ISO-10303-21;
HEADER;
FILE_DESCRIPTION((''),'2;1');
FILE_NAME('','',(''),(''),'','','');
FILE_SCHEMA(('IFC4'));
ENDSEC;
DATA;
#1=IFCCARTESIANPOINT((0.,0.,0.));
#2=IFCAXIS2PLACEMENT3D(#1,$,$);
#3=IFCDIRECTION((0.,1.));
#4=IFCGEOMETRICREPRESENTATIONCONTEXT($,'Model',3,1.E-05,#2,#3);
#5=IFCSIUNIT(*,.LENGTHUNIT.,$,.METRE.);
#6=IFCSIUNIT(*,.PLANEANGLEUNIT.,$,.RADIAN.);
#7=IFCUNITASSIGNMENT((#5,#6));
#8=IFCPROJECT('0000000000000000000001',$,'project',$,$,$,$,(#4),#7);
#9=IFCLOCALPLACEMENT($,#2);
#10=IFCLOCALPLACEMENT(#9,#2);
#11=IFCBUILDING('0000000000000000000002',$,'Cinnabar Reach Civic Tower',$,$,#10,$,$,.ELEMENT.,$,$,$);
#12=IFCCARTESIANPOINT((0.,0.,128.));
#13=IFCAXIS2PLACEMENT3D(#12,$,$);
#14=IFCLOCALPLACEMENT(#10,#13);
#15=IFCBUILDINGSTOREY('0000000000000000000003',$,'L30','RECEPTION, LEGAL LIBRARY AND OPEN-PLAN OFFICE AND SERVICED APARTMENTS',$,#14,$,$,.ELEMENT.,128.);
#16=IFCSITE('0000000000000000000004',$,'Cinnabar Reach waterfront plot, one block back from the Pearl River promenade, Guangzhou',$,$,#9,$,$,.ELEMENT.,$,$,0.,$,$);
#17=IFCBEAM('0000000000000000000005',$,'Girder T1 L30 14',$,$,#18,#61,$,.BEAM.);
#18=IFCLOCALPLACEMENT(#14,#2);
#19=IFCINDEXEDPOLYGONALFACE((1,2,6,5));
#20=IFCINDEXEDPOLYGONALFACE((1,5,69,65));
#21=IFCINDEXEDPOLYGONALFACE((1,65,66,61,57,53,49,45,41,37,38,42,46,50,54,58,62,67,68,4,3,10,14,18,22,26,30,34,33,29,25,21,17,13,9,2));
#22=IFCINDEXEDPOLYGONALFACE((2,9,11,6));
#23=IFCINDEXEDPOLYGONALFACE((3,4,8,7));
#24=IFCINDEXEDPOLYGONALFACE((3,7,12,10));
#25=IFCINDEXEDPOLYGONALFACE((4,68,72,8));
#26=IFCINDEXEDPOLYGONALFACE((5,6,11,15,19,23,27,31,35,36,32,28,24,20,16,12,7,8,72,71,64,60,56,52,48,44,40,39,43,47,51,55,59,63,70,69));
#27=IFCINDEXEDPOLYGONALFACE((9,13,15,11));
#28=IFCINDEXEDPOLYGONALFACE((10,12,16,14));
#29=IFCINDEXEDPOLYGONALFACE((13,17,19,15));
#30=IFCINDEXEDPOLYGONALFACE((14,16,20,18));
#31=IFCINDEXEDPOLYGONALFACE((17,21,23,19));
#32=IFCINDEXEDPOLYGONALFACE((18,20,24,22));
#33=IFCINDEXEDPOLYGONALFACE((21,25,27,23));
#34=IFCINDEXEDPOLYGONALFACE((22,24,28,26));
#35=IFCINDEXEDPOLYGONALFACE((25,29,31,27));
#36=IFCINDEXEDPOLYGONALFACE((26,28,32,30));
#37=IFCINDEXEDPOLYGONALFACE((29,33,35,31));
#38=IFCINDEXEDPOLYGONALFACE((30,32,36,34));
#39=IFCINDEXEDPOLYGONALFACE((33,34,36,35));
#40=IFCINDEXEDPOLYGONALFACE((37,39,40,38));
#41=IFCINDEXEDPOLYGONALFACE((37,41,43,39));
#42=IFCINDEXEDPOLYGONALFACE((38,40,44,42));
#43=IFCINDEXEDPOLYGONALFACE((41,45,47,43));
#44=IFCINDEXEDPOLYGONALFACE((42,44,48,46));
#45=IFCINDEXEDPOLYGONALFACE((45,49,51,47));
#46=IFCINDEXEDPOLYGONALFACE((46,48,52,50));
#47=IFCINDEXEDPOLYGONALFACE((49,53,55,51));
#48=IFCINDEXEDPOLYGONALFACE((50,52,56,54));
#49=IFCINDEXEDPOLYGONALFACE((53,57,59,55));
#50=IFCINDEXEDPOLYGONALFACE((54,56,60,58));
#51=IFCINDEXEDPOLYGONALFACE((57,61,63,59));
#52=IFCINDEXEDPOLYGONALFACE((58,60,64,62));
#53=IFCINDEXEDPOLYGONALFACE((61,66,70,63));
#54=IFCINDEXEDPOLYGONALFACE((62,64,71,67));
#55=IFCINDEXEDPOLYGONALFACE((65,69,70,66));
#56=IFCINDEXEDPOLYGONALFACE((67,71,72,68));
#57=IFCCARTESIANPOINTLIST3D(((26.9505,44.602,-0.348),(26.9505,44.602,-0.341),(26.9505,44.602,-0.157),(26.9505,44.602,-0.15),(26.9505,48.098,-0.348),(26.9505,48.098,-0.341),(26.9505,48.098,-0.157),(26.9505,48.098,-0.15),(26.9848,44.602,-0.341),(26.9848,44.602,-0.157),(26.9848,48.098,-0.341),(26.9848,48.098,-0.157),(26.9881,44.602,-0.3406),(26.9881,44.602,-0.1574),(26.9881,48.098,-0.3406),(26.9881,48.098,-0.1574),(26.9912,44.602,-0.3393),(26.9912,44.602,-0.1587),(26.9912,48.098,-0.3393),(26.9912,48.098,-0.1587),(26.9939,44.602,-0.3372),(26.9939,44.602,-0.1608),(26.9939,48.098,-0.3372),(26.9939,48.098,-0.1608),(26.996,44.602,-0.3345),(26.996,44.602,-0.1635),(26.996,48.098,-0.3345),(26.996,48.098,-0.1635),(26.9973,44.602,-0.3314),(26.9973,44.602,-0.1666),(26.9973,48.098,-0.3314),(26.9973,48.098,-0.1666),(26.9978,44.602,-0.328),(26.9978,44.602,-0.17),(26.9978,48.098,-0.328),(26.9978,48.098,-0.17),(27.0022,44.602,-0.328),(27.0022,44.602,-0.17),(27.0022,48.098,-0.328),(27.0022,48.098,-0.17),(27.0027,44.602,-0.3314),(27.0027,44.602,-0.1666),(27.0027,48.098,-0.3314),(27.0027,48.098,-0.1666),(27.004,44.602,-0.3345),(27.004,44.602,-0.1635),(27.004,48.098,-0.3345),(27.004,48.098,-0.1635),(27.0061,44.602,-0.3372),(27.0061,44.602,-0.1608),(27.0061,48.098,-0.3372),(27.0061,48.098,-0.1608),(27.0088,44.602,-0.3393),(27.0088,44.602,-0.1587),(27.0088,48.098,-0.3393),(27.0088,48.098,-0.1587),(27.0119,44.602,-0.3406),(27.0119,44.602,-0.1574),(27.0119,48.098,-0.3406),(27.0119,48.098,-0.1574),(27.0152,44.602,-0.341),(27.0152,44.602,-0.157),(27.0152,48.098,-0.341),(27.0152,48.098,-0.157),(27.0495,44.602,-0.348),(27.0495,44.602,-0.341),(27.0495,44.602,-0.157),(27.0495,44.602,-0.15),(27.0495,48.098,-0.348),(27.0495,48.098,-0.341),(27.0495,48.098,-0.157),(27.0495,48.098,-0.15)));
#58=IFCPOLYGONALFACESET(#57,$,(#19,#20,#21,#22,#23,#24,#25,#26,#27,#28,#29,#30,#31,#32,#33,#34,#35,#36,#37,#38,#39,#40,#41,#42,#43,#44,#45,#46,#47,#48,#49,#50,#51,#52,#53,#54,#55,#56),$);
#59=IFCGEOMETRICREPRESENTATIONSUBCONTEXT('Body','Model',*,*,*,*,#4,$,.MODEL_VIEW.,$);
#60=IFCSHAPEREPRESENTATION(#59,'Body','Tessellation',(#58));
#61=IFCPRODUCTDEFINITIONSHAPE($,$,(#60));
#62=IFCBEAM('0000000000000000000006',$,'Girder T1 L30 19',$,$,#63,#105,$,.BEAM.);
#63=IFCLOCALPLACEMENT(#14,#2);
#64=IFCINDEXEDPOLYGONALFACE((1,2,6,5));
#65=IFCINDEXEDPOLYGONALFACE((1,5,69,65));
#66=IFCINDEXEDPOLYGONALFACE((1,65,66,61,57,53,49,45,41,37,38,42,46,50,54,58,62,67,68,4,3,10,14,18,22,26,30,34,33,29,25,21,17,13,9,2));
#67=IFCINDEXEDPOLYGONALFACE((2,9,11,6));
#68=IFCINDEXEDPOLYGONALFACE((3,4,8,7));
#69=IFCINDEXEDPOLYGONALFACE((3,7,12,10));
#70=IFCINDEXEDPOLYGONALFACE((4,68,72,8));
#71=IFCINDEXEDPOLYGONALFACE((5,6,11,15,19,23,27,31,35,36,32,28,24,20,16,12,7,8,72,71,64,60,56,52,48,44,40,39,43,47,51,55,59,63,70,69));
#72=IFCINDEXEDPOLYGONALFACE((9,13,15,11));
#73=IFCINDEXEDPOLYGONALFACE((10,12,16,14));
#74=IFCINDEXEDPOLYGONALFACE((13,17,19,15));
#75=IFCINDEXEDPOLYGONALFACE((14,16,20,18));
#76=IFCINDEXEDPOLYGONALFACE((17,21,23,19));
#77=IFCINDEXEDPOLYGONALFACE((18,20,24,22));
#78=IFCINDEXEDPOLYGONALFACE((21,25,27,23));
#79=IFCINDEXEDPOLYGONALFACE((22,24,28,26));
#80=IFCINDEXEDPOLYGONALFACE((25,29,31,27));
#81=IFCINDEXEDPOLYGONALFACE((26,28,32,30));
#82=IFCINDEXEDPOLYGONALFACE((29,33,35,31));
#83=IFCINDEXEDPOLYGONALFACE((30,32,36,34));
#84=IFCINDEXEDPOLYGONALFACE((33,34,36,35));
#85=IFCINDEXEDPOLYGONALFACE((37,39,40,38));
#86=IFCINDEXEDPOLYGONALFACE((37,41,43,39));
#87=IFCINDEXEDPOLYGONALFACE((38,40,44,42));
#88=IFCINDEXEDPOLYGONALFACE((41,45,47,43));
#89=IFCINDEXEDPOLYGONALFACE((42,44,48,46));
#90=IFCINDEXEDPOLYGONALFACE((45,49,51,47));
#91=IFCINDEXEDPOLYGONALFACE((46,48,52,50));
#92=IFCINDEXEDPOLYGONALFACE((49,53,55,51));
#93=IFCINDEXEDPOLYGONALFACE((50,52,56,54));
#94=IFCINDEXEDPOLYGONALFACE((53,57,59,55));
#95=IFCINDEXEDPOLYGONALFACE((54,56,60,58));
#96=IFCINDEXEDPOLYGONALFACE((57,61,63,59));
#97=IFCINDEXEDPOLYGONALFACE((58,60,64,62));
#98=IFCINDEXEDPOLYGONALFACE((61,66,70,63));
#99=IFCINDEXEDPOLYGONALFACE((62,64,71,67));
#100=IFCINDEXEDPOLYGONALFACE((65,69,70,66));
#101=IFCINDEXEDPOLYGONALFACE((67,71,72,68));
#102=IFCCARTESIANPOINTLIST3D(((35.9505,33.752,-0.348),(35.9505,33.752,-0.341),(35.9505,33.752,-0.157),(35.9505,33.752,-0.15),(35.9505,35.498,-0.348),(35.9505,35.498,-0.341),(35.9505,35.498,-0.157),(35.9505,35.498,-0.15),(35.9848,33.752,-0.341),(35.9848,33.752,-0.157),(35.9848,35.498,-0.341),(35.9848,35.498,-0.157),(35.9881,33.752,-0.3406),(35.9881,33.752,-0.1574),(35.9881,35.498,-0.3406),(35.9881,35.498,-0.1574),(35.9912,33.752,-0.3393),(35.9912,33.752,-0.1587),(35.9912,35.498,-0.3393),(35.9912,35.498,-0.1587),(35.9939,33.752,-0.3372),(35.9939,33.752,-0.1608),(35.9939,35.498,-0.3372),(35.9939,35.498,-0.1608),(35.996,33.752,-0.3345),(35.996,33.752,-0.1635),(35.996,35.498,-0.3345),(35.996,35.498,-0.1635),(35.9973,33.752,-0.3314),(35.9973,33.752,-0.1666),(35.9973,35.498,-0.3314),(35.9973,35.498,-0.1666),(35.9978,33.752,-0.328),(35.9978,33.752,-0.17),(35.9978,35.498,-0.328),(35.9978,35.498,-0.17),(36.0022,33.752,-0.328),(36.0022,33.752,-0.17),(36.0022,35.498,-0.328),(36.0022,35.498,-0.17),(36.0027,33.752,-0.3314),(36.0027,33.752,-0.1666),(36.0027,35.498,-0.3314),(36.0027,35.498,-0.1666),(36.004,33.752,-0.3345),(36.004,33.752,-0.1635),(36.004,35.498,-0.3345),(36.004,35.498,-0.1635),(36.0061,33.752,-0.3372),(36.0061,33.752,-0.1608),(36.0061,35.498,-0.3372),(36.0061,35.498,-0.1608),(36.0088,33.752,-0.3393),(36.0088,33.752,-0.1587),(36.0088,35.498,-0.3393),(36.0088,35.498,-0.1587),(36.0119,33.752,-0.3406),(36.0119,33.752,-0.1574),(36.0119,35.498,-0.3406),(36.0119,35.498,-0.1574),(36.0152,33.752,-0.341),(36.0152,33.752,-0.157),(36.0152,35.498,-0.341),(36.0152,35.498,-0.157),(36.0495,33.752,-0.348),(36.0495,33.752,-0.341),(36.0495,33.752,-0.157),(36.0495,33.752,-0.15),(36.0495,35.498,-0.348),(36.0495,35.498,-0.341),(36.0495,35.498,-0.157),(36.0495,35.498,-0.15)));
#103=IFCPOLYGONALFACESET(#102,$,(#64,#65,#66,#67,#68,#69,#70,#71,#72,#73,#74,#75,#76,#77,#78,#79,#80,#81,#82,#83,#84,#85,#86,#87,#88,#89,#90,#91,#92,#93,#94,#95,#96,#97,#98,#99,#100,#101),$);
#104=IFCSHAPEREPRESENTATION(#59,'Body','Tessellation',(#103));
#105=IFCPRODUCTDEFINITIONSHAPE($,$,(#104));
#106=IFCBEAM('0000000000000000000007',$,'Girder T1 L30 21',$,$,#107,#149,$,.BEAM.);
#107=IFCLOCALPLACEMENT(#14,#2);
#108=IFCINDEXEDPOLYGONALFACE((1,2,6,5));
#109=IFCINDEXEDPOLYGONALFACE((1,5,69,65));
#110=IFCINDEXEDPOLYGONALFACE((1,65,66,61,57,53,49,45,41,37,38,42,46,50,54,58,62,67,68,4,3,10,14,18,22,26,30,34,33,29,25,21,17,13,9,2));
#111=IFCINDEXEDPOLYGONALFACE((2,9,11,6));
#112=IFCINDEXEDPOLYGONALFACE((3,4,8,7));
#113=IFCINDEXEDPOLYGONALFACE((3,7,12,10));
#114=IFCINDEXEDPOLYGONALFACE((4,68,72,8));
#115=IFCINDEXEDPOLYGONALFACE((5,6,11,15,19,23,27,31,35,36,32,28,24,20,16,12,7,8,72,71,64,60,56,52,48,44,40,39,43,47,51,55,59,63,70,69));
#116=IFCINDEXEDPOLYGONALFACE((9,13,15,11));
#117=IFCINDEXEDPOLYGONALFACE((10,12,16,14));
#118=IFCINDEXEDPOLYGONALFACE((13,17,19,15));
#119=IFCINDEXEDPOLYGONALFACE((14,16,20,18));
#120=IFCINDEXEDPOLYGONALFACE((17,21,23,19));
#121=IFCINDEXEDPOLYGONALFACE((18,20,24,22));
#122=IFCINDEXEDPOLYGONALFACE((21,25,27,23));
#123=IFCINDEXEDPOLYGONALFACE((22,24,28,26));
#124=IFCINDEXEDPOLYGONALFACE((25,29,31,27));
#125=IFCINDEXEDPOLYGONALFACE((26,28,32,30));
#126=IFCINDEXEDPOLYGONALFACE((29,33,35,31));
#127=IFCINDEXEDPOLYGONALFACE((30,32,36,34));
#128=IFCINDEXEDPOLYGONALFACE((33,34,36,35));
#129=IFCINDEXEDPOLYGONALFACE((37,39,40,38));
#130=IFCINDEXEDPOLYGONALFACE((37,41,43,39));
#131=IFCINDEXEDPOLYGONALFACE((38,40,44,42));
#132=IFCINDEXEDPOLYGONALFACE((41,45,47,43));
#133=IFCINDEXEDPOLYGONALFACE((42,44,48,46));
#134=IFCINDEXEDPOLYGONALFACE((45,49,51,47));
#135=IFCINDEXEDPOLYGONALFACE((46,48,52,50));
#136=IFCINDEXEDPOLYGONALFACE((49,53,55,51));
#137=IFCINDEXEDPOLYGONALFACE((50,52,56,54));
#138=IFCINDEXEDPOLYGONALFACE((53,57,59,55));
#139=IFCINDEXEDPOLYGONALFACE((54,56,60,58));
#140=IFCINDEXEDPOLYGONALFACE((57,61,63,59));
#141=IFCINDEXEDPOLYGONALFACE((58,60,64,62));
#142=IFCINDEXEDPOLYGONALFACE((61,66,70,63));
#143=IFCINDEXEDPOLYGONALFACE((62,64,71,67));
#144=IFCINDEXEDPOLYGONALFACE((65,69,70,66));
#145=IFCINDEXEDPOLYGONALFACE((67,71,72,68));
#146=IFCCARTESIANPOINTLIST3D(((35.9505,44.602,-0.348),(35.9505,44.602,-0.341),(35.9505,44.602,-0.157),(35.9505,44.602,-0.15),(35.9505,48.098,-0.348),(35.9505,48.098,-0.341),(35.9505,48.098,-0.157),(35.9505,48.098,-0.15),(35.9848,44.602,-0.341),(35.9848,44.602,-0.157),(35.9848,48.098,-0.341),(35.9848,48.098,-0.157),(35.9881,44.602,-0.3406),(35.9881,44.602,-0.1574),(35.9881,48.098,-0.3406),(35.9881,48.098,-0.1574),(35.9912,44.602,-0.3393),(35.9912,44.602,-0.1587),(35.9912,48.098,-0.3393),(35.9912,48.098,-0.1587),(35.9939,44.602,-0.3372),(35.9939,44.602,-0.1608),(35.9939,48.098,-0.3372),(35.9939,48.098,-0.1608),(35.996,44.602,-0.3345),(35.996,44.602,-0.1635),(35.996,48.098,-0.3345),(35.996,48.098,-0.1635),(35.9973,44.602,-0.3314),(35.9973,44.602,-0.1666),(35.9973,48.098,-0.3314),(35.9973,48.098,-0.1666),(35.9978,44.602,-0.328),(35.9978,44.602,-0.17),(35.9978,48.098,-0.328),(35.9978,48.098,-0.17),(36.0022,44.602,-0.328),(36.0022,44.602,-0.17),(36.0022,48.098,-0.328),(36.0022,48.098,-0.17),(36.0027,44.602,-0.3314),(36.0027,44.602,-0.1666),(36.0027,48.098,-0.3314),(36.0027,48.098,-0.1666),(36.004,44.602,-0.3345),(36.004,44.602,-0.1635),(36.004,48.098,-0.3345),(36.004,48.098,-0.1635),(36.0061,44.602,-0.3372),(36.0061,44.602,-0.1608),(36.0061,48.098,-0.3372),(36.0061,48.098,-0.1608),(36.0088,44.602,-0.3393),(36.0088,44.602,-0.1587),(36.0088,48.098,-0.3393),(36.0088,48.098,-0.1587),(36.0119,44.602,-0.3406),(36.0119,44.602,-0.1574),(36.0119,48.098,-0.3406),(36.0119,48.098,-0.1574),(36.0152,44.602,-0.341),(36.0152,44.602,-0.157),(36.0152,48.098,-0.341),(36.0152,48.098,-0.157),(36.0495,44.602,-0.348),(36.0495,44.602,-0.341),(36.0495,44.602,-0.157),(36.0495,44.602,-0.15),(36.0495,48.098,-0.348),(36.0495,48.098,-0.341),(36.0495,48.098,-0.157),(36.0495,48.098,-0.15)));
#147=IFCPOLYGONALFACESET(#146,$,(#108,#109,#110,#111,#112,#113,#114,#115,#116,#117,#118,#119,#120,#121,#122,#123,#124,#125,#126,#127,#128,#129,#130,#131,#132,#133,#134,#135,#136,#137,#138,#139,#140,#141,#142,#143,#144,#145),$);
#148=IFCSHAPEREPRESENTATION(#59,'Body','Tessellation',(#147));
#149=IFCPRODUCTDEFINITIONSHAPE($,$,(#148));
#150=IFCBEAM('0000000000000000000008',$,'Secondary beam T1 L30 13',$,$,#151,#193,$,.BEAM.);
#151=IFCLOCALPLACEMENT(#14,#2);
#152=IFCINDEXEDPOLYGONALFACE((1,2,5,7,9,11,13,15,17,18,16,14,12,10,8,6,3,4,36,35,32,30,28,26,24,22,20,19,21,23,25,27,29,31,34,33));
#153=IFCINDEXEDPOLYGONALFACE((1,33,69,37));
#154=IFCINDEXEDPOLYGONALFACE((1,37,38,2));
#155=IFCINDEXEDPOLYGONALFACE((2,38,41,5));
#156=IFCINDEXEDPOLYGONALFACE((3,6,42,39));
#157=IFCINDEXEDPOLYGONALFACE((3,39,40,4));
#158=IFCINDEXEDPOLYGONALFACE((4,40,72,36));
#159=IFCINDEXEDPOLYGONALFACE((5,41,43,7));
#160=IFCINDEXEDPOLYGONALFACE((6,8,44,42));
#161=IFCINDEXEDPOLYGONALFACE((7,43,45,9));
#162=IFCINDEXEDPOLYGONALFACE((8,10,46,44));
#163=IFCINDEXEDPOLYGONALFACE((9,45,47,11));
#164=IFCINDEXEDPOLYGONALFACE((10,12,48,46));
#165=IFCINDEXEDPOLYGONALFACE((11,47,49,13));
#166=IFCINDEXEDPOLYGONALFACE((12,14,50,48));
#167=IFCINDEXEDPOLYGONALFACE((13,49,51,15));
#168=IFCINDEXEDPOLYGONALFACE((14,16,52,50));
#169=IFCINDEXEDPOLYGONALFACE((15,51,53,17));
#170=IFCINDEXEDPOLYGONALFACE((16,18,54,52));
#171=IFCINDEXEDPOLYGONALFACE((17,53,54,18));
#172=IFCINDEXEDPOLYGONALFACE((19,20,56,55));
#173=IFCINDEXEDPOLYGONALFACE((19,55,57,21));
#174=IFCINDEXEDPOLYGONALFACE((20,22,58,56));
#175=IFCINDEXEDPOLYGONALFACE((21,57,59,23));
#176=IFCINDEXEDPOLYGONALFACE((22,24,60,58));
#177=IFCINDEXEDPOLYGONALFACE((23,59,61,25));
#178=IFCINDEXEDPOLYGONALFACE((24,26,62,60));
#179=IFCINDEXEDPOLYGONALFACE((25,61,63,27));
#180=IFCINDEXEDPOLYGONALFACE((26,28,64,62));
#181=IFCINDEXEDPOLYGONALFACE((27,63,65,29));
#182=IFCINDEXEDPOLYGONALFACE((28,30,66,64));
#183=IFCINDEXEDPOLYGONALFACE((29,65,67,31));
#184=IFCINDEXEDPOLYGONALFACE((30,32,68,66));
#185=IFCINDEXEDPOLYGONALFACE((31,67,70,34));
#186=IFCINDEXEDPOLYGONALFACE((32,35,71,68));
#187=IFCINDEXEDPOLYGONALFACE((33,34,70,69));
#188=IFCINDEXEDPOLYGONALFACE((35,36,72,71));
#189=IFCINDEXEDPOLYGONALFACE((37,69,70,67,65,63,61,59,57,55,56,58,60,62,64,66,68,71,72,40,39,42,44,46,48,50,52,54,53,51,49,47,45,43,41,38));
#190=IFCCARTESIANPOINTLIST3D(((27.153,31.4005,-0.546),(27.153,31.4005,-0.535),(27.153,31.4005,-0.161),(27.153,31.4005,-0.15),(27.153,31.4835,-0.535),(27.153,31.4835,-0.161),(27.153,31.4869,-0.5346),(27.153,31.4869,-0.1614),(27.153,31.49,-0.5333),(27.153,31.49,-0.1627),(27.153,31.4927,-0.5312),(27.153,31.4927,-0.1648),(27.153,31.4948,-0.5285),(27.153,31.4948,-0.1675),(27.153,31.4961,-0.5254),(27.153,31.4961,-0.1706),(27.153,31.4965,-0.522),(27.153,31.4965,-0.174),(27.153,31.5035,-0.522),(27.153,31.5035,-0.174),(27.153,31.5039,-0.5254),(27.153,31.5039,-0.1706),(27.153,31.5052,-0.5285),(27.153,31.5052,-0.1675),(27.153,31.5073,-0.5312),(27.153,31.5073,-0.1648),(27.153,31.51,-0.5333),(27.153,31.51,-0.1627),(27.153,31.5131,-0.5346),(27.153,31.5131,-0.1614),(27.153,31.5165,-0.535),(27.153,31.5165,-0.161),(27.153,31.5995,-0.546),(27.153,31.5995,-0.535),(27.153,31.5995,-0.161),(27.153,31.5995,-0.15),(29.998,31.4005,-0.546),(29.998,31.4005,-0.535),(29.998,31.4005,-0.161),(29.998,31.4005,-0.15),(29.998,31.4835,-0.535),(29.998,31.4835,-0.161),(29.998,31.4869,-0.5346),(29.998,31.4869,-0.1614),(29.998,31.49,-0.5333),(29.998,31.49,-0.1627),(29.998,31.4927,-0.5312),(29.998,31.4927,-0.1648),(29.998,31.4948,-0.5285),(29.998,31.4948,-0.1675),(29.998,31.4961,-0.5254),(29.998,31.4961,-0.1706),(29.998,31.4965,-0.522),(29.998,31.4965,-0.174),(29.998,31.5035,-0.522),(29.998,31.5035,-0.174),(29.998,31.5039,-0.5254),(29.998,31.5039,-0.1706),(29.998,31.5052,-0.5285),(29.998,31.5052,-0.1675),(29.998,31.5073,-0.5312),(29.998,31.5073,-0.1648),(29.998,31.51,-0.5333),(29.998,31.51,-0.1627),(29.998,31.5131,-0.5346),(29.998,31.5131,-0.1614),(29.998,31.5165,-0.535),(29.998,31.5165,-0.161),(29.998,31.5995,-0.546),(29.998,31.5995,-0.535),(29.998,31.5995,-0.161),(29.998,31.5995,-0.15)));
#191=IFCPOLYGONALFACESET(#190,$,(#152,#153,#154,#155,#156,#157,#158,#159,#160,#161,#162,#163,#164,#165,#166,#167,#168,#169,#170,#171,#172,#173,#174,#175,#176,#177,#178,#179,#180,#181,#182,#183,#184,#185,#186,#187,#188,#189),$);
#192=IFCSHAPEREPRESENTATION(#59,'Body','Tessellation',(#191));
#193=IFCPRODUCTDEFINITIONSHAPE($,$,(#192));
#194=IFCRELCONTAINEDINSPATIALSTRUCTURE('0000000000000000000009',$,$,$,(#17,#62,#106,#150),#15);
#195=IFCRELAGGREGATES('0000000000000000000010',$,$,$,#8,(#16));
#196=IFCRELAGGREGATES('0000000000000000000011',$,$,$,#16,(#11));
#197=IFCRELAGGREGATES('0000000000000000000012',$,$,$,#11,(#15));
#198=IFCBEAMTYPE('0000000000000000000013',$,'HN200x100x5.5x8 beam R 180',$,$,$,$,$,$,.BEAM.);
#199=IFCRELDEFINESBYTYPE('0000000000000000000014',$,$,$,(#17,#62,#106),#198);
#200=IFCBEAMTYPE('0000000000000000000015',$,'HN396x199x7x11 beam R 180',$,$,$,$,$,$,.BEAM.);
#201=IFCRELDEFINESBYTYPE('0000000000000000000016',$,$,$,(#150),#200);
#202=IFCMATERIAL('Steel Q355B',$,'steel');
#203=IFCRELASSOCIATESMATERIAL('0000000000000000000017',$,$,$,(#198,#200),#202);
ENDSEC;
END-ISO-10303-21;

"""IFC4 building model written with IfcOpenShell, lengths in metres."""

from ifc_helpers import new_model, si_unit, direction, frame, origin, origin_2d, place, context, subcontext, project, spatial, i_section, extrude, material, material_profile, profile_set, type_object, element, save


model = new_model("IFC4")

# Units and contexts
model_context = context("Model", 3, precision=1e-05, world=origin(), true_north=direction((0.0, 1.0)))
body_context = subcontext(model_context, "Body", "Model", "MODEL_VIEW")
ifc_project = project(units=[si_unit("LENGTHUNIT", "METRE"), si_unit("PLANEANGLEUNIT", "RADIAN")], contexts=[model_context])

# Site, building, storey
site_placement = place(None, origin())
site = spatial("IfcSite", under=ifc_project, at=site_placement, Name="Cinnabar Reach waterfront plot, one block back from the Pearl River promenade, Guangzhou", CompositionType="ELEMENT", RefElevation=0.0)
building_placement = place(site_placement, origin())
building = spatial("IfcBuilding", under=site, at=building_placement, Name="Cinnabar Reach Civic Tower", CompositionType="ELEMENT")
storey_placement = place(building_placement, frame((0.0, 0.0, 128.0)))
storey = spatial("IfcBuildingStorey", under=building, at=storey_placement, Name="L30", Description="RECEPTION, LEGAL LIBRARY AND OPEN-PLAN OFFICE AND SERVICED APARTMENTS", CompositionType="ELEMENT", Elevation=128.0)

# Beams
ifc_material_1 = material(Name="Steel Q355B", Category="steel")
ifc_material_profile_1 = material_profile(ifc_material_1, i_section(OverallWidth=0.099, OverallDepth=0.198, WebThickness=0.0045, FlangeThickness=0.007, FilletRadius=0.013, at=origin_2d()), Name="HN200x100x5.5x8")
ifc_profile_set_1 = profile_set([ifc_material_profile_1], Name="Steel Q355B")
beam_type_1 = type_object("IfcBeamType", Name="HN200x100x5.5x8 beam R 180", PredefinedType="BEAM", material=ifc_profile_set_1)
beam_1_placement = place(storey_placement, frame((27.0, 44.602, -0.249), z_axis=(0.0, 1.0, 0.0), x_axis=(-1.0, 0.0, 0.0)))
element("IfcBeam", 1, at=beam_1_placement, inside=storey, type_object=beam_type_1, Name="Girder T1 L30 14", PredefinedType="BEAM", context=body_context, shape_type="SweptSolid", body=[
    extrude(i_section(OverallWidth=0.099, OverallDepth=0.198, WebThickness=0.0045, FlangeThickness=0.007, FilletRadius=0.013, at=origin_2d()), origin(), (0.0, 0.0, 1.0), 3.496),
])
beam_2_placement = place(storey_placement, frame((36.0, 33.752, -0.249), z_axis=(0.0, 1.0, 0.0), x_axis=(-1.0, 0.0, 0.0)))
element("IfcBeam", 2, at=beam_2_placement, inside=storey, type_object=beam_type_1, Name="Girder T1 L30 19", PredefinedType="BEAM", context=body_context, shape_type="SweptSolid", body=[
    extrude(i_section(OverallWidth=0.099, OverallDepth=0.198, WebThickness=0.0045, FlangeThickness=0.007, FilletRadius=0.013, at=origin_2d()), origin(), (0.0, 0.0, 1.0), 1.746),
])
beam_3_placement = place(storey_placement, frame((36.0, 44.602, -0.249), z_axis=(0.0, 1.0, 0.0), x_axis=(-1.0, 0.0, 0.0)))
element("IfcBeam", 3, at=beam_3_placement, inside=storey, type_object=beam_type_1, Name="Girder T1 L30 21", PredefinedType="BEAM", context=body_context, shape_type="SweptSolid", body=[
    extrude(i_section(OverallWidth=0.099, OverallDepth=0.198, WebThickness=0.0045, FlangeThickness=0.007, FilletRadius=0.013, at=origin_2d()), origin(), (0.0, 0.0, 1.0), 3.496),
])
ifc_material_profile_2 = material_profile(ifc_material_1, i_section(OverallWidth=0.199, OverallDepth=0.396, WebThickness=0.007, FlangeThickness=0.011, FilletRadius=0.013, at=origin_2d()), Name="HN396x199x7x11")
ifc_profile_set_2 = profile_set([ifc_material_profile_2], Name="Steel Q355B")
beam_type_2 = type_object("IfcBeamType", Name="HN396x199x7x11 beam R 180", PredefinedType="BEAM", material=ifc_profile_set_2)
beam_4_placement = place(storey_placement, frame((27.153, 31.5, -0.348), z_axis=(1.0, 0.0, 0.0), x_axis=(0.0, 1.0, 0.0)))
element("IfcBeam", 4, at=beam_4_placement, inside=storey, type_object=beam_type_2, Name="Secondary beam T1 L30 13", PredefinedType="BEAM", context=body_context, shape_type="SweptSolid", body=[
    extrude(i_section(OverallWidth=0.199, OverallDepth=0.396, WebThickness=0.007, FlangeThickness=0.011, FilletRadius=0.013, at=origin_2d()), origin(), (0.0, 0.0, 1.0), 2.845),
])

save(model, "model.ifc")
